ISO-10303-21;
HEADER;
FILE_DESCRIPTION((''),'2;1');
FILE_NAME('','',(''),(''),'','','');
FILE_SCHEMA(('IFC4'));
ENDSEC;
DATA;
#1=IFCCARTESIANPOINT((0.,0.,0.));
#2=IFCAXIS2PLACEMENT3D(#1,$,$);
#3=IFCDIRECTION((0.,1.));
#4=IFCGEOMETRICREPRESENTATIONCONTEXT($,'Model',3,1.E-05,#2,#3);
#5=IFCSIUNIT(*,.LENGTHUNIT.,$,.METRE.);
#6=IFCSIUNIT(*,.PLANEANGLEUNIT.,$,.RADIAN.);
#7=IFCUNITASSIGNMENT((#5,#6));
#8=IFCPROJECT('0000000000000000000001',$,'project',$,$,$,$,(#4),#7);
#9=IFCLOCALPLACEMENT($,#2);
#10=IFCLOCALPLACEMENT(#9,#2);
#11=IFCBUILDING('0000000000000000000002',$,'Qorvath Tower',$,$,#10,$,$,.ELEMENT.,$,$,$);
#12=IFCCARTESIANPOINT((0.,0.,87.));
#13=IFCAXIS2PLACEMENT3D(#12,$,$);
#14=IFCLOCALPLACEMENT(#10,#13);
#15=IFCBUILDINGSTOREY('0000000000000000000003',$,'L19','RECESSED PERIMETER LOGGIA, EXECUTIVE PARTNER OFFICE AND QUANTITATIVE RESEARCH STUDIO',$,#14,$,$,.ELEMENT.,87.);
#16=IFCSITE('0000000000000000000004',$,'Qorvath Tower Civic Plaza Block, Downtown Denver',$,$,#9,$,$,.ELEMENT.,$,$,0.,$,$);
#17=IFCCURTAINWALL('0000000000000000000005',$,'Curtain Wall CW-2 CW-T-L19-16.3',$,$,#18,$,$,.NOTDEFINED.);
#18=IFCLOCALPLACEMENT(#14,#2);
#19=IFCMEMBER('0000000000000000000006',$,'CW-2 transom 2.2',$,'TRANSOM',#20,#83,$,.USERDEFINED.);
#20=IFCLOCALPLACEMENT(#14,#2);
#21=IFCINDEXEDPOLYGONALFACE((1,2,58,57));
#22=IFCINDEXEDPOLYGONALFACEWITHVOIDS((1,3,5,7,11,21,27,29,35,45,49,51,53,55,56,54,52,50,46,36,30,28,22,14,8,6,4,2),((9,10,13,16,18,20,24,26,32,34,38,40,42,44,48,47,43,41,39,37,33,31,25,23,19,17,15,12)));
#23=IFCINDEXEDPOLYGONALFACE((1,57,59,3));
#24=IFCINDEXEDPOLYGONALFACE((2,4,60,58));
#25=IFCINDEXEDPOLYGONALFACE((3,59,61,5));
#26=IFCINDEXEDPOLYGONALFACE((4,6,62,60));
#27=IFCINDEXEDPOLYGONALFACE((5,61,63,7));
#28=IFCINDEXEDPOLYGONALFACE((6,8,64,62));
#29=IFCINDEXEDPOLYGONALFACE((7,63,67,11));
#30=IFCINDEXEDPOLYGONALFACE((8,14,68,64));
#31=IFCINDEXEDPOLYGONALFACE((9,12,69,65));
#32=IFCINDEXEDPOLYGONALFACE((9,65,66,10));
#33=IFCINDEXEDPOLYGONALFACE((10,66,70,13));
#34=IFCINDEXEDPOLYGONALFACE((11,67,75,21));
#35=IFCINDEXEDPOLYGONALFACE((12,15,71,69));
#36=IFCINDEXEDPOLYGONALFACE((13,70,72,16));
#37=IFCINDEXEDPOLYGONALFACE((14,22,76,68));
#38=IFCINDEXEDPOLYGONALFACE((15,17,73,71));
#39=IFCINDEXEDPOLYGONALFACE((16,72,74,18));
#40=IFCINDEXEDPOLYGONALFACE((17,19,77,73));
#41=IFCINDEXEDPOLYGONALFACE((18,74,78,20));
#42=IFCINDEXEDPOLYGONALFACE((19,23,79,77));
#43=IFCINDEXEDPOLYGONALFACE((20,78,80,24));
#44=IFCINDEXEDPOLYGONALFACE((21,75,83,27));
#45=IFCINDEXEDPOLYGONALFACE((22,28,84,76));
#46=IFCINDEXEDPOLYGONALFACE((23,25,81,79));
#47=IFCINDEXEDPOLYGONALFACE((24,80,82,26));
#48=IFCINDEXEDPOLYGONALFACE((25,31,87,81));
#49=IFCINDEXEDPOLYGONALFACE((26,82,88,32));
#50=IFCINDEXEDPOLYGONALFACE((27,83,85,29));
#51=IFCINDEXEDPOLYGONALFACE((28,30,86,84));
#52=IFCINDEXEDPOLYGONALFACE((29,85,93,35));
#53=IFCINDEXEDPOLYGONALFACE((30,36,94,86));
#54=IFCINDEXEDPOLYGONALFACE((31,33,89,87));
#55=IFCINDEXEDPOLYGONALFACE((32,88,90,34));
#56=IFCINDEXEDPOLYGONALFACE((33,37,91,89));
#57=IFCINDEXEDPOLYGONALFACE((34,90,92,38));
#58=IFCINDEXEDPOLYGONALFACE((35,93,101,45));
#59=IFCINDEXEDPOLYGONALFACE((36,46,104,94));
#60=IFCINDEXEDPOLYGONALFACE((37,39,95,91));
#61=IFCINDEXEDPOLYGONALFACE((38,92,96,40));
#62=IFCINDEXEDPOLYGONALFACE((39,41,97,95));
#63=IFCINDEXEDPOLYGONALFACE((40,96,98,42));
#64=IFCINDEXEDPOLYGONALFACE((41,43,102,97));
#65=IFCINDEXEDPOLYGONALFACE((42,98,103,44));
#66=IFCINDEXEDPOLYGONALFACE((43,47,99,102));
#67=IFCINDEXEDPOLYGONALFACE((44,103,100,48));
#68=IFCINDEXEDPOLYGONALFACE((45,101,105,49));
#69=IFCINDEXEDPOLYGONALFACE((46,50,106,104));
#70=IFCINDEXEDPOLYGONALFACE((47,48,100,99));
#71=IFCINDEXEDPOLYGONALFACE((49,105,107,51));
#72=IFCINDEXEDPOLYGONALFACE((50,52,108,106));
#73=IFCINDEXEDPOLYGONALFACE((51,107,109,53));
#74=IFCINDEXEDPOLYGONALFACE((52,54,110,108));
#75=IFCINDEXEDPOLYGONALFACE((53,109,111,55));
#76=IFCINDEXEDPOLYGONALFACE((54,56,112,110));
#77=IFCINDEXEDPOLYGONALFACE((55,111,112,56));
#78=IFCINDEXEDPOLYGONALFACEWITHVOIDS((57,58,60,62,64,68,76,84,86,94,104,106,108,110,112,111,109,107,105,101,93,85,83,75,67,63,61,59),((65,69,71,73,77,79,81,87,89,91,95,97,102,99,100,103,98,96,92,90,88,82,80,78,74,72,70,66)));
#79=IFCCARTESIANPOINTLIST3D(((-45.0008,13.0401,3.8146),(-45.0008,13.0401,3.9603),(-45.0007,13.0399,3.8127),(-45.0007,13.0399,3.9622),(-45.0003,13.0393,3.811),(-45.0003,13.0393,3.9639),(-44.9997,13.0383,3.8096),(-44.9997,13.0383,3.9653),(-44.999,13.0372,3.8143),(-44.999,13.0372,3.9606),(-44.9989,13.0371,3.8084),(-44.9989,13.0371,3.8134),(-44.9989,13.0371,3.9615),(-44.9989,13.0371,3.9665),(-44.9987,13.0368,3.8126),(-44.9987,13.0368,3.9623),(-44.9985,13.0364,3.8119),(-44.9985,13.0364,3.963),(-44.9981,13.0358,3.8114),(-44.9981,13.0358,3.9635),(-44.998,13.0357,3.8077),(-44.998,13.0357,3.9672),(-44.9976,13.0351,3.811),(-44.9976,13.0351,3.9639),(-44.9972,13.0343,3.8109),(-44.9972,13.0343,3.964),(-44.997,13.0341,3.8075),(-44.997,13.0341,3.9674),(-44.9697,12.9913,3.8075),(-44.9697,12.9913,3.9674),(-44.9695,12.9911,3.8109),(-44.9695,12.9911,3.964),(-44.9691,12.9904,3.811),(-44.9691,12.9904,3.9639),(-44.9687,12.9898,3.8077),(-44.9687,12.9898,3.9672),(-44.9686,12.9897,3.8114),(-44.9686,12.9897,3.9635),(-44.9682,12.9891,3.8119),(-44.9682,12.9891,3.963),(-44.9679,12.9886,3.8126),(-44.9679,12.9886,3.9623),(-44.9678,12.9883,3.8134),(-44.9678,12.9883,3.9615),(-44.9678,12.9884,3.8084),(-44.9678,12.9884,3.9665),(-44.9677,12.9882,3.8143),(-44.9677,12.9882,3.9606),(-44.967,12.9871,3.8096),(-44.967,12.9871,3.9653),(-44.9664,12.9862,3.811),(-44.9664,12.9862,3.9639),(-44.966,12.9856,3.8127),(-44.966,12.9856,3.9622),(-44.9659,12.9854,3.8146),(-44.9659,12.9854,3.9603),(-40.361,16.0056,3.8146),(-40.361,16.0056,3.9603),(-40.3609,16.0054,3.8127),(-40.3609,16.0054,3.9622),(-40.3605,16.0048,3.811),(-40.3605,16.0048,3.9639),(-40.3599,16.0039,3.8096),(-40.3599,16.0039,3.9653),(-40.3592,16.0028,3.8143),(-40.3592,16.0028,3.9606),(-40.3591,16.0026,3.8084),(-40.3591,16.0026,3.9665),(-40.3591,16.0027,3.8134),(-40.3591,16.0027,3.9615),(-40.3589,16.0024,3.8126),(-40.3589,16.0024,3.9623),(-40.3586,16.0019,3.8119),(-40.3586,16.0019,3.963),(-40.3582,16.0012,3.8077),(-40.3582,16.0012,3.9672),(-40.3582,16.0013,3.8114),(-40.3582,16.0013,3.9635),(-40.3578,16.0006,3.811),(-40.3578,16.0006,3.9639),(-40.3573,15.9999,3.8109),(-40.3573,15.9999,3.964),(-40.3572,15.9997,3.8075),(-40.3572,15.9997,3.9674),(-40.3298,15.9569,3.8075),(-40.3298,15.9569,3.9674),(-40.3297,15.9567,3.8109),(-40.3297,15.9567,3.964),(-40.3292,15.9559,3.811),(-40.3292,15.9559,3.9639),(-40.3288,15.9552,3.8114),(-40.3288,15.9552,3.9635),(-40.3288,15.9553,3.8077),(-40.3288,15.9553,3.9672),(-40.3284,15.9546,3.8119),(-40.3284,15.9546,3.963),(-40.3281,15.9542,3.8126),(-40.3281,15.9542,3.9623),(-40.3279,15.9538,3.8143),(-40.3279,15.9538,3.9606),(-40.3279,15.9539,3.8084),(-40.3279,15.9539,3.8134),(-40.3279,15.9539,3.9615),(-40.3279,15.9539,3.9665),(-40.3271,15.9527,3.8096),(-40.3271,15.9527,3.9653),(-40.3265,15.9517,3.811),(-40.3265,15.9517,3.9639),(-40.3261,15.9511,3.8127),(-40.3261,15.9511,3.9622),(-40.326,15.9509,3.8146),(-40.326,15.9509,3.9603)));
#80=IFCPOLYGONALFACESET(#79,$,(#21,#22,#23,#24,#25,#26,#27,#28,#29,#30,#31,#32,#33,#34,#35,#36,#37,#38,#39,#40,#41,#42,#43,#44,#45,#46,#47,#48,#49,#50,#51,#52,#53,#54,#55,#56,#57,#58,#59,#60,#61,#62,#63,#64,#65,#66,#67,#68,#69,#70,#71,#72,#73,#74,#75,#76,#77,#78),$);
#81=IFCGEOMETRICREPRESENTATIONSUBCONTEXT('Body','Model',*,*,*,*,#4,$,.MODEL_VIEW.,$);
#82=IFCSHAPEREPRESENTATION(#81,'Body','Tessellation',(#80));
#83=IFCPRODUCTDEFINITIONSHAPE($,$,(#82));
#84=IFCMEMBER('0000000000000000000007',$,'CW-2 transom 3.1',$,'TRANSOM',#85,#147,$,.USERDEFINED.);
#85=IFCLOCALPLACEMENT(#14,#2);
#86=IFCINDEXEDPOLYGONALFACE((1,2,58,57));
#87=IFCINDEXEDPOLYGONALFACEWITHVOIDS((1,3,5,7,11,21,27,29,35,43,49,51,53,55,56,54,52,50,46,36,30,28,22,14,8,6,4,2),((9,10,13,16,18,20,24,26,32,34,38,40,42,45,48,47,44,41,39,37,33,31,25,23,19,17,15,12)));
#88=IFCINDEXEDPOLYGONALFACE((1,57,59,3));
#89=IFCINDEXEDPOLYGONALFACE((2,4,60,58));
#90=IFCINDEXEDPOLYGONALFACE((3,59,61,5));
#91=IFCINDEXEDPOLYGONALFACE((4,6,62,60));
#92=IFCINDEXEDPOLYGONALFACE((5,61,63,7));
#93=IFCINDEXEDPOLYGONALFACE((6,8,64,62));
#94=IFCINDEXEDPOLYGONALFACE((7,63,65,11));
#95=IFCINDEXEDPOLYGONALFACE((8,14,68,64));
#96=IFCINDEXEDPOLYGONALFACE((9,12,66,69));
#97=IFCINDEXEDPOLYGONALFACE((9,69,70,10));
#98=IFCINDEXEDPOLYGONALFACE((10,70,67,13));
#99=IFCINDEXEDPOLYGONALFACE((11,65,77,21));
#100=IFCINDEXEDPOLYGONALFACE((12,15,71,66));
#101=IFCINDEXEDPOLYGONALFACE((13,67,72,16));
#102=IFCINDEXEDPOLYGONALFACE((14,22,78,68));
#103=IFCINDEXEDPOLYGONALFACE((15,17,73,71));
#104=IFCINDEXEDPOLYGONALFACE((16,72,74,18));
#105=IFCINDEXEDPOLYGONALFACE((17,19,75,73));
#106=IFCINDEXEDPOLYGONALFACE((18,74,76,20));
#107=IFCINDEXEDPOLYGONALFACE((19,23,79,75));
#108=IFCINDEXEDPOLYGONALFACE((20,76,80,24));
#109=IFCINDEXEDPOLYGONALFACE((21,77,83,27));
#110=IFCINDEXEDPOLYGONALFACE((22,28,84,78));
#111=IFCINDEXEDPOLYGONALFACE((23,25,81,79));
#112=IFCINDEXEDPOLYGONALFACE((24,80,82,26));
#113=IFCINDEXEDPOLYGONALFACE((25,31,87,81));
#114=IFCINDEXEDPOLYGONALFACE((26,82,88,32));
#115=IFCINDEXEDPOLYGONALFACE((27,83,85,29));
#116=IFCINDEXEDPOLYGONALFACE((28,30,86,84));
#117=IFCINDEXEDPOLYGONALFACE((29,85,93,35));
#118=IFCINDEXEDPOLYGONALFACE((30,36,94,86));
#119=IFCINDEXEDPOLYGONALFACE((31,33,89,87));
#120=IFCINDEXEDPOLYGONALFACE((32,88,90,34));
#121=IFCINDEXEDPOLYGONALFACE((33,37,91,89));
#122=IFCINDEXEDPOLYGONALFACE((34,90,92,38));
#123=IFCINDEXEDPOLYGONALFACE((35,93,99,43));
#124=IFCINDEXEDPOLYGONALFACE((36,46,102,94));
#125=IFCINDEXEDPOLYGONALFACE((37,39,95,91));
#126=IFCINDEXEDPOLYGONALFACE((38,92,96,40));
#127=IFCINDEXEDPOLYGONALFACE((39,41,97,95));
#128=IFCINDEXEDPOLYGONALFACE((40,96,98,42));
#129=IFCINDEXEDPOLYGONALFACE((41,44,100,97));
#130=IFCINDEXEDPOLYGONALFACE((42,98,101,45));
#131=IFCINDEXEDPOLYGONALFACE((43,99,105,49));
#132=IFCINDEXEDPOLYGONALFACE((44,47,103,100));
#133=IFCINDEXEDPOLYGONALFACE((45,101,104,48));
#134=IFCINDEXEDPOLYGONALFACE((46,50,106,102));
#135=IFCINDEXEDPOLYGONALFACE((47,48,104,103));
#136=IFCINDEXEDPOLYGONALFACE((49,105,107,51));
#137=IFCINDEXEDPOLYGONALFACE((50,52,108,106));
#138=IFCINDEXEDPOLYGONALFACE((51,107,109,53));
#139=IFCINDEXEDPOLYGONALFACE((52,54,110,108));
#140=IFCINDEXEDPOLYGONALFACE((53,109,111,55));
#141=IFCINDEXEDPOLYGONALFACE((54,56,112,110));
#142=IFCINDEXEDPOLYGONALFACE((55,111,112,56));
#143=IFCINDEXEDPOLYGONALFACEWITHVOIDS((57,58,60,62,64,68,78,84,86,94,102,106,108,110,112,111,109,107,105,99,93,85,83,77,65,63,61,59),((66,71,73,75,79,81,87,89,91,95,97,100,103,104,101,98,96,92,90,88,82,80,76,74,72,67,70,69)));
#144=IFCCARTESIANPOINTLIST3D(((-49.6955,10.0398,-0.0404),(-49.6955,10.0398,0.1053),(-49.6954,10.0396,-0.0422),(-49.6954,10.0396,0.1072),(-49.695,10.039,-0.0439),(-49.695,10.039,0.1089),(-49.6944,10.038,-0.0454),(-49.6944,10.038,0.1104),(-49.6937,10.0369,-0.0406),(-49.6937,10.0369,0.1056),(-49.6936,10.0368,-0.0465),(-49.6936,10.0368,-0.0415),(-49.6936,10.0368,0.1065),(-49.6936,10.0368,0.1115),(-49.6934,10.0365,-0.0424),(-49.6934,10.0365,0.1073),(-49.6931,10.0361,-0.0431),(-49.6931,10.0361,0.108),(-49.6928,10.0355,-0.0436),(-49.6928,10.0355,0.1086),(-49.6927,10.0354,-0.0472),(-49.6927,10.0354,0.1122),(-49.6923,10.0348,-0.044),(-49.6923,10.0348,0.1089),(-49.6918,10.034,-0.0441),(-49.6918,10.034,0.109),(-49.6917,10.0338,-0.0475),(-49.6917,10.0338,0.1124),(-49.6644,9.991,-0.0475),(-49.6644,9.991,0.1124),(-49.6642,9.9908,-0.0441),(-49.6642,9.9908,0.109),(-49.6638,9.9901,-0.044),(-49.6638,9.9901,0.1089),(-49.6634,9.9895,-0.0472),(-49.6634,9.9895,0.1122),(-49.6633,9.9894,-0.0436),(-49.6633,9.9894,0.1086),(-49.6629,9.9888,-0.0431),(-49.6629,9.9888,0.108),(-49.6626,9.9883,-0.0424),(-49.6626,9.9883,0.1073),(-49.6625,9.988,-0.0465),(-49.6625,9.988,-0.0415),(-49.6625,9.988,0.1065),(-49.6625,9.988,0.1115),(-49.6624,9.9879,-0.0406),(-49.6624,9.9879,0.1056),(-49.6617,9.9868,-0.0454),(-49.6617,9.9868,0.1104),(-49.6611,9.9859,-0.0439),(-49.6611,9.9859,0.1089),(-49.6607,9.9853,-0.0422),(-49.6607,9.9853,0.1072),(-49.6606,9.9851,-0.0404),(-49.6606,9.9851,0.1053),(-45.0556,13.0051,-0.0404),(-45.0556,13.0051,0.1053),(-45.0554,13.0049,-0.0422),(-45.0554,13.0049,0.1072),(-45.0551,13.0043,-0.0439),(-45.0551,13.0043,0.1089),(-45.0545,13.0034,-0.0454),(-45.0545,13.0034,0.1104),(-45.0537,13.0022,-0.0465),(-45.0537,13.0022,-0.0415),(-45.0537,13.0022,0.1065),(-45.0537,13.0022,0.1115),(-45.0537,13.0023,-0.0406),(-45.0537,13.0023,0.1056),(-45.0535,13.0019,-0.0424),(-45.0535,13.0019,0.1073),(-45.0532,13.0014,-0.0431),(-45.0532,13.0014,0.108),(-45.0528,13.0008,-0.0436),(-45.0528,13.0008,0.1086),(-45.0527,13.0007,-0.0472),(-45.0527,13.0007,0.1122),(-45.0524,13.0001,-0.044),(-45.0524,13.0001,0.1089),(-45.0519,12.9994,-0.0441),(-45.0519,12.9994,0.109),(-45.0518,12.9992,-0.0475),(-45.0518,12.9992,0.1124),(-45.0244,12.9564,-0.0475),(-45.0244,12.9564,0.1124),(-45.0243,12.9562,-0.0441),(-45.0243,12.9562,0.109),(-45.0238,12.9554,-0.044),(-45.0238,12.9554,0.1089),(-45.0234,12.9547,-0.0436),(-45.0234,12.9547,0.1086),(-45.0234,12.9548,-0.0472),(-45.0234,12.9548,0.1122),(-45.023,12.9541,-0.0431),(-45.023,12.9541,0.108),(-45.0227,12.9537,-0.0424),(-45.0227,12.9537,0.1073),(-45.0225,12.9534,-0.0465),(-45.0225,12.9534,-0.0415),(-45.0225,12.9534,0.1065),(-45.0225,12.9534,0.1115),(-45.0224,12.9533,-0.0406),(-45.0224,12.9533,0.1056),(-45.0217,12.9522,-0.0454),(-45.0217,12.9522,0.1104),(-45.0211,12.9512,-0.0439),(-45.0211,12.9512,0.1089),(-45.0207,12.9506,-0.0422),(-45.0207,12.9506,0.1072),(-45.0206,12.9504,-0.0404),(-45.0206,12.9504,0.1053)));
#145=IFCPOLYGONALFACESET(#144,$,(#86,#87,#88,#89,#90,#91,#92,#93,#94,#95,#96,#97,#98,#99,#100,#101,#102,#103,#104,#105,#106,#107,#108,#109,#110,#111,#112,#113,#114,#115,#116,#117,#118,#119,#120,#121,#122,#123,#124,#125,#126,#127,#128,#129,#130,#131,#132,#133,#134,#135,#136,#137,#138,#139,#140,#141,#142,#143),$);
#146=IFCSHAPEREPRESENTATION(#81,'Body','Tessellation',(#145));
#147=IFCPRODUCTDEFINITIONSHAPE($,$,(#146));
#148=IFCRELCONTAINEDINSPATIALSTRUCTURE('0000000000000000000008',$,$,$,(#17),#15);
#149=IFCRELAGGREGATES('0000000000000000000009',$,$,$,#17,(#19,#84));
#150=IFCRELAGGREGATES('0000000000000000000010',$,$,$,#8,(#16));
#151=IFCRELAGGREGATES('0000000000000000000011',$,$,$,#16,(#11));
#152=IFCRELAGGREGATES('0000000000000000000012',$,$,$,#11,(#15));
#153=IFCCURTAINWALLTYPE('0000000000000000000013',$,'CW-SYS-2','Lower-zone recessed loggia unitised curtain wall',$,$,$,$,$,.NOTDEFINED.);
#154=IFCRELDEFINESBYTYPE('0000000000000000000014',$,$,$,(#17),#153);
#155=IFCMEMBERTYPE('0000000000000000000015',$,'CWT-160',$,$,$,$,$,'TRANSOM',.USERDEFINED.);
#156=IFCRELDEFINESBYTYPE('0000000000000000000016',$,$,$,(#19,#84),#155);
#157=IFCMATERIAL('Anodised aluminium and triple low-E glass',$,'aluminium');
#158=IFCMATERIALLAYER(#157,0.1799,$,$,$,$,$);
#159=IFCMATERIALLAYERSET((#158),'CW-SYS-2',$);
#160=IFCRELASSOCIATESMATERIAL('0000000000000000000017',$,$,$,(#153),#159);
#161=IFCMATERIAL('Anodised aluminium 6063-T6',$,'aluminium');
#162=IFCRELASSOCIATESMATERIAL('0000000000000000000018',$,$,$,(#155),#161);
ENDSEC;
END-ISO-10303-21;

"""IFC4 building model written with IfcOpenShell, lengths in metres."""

from ifc_helpers import new_model, si_unit, direction, frame, origin, origin_2d, place, context, subcontext, project, spatial, hollow_rectangle, extrude, material, layer, layer_set, material_profile, profile_set, type_object, element, aggregate, save


model = new_model("IFC4")

# Units and contexts
model_context = context("Model", 3, precision=1e-05, world=origin(), true_north=direction((0.0, 1.0)))
body_context = subcontext(model_context, "Body", "Model", "MODEL_VIEW")
ifc_project = project(units=[si_unit("LENGTHUNIT", "METRE"), si_unit("PLANEANGLEUNIT", "RADIAN")], contexts=[model_context])

# Site, building, storey
site_placement = place(None, origin())
site = spatial("IfcSite", under=ifc_project, at=site_placement, Name="Qorvath Tower Civic Plaza Block, Downtown Denver", CompositionType="ELEMENT", RefElevation=0.0)
building_placement = place(site_placement, origin())
building = spatial("IfcBuilding", under=site, at=building_placement, Name="Qorvath Tower", CompositionType="ELEMENT")
storey_placement = place(building_placement, frame((0.0, 0.0, 87.0)))
storey = spatial("IfcBuildingStorey", under=building, at=storey_placement, Name="L19", Description="RECESSED PERIMETER LOGGIA, EXECUTIVE PARTNER OFFICE AND QUANTITATIVE RESEARCH STUDIO", CompositionType="ELEMENT", Elevation=87.0)

# Curtain wall, members
ifc_material_1 = material(Name="Anodised aluminium and triple low-E glass", Category="aluminium")
ifc_layer_1 = layer(ifc_material_1, 0.1799)
ifc_layer_set_1 = layer_set([ifc_layer_1], Name="CW-SYS-2")
curtain_wall_type = type_object("IfcCurtainWallType", Name="CW-SYS-2", Description="Lower-zone recessed loggia unitised curtain wall", PredefinedType="NOTDEFINED", material=ifc_layer_set_1)
curtain_wall_placement = place(storey_placement, origin())
curtain_wall = element("IfcCurtainWall", 1, at=curtain_wall_placement, inside=storey, type_object=curtain_wall_type, Name="Curtain Wall CW-2 CW-T-L19-16.3", PredefinedType="NOTDEFINED")
ifc_material_2 = material(Name="Anodised aluminium 6063-T6", Category="aluminium")
ifc_material_profile_1 = material_profile(ifc_material_2, hollow_rectangle(XDim=0.0649, YDim=0.1599, WallThickness=0.0034, InnerFilletRadius=0.0034, OuterFilletRadius=0.0071, at=origin_2d()), Name="CWT 160x65")
ifc_profile_set_1 = profile_set([ifc_material_profile_1], Name="Anodised aluminium 6063-T6")
member_type_1 = type_object("IfcMemberType", Name="CWT-160", ElementType="TRANSOM", PredefinedType="USERDEFINED", material=ifc_profile_set_1)
member_1_placement = place(storey_placement, frame((-40.3435, 15.9783, 3.8875), z_axis=(-0.842597, -0.538544, 0.0), x_axis=(0.538544, -0.842597, 0.0)))
member_1 = element("IfcMember", 2, at=member_1_placement, type_object=member_type_1, Name="CW-2 transom 2.2", ObjectType="TRANSOM", PredefinedType="USERDEFINED", context=body_context, shape_type="SweptSolid", body=[
    extrude(hollow_rectangle(XDim=0.0649, YDim=0.1599, WallThickness=0.0034, InnerFilletRadius=0.0034, OuterFilletRadius=0.0071, at=origin_2d()), origin(), (0.0, 0.0, 1.0), 5.5066),
])
member_2_placement = place(storey_placement, frame((-45.0381, 12.9778, 0.0325), z_axis=(-0.842617, -0.538513, 0.0), x_axis=(0.538513, -0.842617, 0.0)))
member_2 = element("IfcMember", 3, at=member_2_placement, type_object=member_type_1, Name="CW-2 transom 3.1", ObjectType="TRANSOM", PredefinedType="USERDEFINED", context=body_context, shape_type="SweptSolid", body=[
    extrude(hollow_rectangle(XDim=0.0649, YDim=0.1599, WallThickness=0.0034, InnerFilletRadius=0.0034, OuterFilletRadius=0.0071, at=origin_2d()), origin(), (0.0, 0.0, 1.0), 5.5066),
])
aggregate(curtain_wall, [member_1, member_2])

save(model, "model.ifc")
